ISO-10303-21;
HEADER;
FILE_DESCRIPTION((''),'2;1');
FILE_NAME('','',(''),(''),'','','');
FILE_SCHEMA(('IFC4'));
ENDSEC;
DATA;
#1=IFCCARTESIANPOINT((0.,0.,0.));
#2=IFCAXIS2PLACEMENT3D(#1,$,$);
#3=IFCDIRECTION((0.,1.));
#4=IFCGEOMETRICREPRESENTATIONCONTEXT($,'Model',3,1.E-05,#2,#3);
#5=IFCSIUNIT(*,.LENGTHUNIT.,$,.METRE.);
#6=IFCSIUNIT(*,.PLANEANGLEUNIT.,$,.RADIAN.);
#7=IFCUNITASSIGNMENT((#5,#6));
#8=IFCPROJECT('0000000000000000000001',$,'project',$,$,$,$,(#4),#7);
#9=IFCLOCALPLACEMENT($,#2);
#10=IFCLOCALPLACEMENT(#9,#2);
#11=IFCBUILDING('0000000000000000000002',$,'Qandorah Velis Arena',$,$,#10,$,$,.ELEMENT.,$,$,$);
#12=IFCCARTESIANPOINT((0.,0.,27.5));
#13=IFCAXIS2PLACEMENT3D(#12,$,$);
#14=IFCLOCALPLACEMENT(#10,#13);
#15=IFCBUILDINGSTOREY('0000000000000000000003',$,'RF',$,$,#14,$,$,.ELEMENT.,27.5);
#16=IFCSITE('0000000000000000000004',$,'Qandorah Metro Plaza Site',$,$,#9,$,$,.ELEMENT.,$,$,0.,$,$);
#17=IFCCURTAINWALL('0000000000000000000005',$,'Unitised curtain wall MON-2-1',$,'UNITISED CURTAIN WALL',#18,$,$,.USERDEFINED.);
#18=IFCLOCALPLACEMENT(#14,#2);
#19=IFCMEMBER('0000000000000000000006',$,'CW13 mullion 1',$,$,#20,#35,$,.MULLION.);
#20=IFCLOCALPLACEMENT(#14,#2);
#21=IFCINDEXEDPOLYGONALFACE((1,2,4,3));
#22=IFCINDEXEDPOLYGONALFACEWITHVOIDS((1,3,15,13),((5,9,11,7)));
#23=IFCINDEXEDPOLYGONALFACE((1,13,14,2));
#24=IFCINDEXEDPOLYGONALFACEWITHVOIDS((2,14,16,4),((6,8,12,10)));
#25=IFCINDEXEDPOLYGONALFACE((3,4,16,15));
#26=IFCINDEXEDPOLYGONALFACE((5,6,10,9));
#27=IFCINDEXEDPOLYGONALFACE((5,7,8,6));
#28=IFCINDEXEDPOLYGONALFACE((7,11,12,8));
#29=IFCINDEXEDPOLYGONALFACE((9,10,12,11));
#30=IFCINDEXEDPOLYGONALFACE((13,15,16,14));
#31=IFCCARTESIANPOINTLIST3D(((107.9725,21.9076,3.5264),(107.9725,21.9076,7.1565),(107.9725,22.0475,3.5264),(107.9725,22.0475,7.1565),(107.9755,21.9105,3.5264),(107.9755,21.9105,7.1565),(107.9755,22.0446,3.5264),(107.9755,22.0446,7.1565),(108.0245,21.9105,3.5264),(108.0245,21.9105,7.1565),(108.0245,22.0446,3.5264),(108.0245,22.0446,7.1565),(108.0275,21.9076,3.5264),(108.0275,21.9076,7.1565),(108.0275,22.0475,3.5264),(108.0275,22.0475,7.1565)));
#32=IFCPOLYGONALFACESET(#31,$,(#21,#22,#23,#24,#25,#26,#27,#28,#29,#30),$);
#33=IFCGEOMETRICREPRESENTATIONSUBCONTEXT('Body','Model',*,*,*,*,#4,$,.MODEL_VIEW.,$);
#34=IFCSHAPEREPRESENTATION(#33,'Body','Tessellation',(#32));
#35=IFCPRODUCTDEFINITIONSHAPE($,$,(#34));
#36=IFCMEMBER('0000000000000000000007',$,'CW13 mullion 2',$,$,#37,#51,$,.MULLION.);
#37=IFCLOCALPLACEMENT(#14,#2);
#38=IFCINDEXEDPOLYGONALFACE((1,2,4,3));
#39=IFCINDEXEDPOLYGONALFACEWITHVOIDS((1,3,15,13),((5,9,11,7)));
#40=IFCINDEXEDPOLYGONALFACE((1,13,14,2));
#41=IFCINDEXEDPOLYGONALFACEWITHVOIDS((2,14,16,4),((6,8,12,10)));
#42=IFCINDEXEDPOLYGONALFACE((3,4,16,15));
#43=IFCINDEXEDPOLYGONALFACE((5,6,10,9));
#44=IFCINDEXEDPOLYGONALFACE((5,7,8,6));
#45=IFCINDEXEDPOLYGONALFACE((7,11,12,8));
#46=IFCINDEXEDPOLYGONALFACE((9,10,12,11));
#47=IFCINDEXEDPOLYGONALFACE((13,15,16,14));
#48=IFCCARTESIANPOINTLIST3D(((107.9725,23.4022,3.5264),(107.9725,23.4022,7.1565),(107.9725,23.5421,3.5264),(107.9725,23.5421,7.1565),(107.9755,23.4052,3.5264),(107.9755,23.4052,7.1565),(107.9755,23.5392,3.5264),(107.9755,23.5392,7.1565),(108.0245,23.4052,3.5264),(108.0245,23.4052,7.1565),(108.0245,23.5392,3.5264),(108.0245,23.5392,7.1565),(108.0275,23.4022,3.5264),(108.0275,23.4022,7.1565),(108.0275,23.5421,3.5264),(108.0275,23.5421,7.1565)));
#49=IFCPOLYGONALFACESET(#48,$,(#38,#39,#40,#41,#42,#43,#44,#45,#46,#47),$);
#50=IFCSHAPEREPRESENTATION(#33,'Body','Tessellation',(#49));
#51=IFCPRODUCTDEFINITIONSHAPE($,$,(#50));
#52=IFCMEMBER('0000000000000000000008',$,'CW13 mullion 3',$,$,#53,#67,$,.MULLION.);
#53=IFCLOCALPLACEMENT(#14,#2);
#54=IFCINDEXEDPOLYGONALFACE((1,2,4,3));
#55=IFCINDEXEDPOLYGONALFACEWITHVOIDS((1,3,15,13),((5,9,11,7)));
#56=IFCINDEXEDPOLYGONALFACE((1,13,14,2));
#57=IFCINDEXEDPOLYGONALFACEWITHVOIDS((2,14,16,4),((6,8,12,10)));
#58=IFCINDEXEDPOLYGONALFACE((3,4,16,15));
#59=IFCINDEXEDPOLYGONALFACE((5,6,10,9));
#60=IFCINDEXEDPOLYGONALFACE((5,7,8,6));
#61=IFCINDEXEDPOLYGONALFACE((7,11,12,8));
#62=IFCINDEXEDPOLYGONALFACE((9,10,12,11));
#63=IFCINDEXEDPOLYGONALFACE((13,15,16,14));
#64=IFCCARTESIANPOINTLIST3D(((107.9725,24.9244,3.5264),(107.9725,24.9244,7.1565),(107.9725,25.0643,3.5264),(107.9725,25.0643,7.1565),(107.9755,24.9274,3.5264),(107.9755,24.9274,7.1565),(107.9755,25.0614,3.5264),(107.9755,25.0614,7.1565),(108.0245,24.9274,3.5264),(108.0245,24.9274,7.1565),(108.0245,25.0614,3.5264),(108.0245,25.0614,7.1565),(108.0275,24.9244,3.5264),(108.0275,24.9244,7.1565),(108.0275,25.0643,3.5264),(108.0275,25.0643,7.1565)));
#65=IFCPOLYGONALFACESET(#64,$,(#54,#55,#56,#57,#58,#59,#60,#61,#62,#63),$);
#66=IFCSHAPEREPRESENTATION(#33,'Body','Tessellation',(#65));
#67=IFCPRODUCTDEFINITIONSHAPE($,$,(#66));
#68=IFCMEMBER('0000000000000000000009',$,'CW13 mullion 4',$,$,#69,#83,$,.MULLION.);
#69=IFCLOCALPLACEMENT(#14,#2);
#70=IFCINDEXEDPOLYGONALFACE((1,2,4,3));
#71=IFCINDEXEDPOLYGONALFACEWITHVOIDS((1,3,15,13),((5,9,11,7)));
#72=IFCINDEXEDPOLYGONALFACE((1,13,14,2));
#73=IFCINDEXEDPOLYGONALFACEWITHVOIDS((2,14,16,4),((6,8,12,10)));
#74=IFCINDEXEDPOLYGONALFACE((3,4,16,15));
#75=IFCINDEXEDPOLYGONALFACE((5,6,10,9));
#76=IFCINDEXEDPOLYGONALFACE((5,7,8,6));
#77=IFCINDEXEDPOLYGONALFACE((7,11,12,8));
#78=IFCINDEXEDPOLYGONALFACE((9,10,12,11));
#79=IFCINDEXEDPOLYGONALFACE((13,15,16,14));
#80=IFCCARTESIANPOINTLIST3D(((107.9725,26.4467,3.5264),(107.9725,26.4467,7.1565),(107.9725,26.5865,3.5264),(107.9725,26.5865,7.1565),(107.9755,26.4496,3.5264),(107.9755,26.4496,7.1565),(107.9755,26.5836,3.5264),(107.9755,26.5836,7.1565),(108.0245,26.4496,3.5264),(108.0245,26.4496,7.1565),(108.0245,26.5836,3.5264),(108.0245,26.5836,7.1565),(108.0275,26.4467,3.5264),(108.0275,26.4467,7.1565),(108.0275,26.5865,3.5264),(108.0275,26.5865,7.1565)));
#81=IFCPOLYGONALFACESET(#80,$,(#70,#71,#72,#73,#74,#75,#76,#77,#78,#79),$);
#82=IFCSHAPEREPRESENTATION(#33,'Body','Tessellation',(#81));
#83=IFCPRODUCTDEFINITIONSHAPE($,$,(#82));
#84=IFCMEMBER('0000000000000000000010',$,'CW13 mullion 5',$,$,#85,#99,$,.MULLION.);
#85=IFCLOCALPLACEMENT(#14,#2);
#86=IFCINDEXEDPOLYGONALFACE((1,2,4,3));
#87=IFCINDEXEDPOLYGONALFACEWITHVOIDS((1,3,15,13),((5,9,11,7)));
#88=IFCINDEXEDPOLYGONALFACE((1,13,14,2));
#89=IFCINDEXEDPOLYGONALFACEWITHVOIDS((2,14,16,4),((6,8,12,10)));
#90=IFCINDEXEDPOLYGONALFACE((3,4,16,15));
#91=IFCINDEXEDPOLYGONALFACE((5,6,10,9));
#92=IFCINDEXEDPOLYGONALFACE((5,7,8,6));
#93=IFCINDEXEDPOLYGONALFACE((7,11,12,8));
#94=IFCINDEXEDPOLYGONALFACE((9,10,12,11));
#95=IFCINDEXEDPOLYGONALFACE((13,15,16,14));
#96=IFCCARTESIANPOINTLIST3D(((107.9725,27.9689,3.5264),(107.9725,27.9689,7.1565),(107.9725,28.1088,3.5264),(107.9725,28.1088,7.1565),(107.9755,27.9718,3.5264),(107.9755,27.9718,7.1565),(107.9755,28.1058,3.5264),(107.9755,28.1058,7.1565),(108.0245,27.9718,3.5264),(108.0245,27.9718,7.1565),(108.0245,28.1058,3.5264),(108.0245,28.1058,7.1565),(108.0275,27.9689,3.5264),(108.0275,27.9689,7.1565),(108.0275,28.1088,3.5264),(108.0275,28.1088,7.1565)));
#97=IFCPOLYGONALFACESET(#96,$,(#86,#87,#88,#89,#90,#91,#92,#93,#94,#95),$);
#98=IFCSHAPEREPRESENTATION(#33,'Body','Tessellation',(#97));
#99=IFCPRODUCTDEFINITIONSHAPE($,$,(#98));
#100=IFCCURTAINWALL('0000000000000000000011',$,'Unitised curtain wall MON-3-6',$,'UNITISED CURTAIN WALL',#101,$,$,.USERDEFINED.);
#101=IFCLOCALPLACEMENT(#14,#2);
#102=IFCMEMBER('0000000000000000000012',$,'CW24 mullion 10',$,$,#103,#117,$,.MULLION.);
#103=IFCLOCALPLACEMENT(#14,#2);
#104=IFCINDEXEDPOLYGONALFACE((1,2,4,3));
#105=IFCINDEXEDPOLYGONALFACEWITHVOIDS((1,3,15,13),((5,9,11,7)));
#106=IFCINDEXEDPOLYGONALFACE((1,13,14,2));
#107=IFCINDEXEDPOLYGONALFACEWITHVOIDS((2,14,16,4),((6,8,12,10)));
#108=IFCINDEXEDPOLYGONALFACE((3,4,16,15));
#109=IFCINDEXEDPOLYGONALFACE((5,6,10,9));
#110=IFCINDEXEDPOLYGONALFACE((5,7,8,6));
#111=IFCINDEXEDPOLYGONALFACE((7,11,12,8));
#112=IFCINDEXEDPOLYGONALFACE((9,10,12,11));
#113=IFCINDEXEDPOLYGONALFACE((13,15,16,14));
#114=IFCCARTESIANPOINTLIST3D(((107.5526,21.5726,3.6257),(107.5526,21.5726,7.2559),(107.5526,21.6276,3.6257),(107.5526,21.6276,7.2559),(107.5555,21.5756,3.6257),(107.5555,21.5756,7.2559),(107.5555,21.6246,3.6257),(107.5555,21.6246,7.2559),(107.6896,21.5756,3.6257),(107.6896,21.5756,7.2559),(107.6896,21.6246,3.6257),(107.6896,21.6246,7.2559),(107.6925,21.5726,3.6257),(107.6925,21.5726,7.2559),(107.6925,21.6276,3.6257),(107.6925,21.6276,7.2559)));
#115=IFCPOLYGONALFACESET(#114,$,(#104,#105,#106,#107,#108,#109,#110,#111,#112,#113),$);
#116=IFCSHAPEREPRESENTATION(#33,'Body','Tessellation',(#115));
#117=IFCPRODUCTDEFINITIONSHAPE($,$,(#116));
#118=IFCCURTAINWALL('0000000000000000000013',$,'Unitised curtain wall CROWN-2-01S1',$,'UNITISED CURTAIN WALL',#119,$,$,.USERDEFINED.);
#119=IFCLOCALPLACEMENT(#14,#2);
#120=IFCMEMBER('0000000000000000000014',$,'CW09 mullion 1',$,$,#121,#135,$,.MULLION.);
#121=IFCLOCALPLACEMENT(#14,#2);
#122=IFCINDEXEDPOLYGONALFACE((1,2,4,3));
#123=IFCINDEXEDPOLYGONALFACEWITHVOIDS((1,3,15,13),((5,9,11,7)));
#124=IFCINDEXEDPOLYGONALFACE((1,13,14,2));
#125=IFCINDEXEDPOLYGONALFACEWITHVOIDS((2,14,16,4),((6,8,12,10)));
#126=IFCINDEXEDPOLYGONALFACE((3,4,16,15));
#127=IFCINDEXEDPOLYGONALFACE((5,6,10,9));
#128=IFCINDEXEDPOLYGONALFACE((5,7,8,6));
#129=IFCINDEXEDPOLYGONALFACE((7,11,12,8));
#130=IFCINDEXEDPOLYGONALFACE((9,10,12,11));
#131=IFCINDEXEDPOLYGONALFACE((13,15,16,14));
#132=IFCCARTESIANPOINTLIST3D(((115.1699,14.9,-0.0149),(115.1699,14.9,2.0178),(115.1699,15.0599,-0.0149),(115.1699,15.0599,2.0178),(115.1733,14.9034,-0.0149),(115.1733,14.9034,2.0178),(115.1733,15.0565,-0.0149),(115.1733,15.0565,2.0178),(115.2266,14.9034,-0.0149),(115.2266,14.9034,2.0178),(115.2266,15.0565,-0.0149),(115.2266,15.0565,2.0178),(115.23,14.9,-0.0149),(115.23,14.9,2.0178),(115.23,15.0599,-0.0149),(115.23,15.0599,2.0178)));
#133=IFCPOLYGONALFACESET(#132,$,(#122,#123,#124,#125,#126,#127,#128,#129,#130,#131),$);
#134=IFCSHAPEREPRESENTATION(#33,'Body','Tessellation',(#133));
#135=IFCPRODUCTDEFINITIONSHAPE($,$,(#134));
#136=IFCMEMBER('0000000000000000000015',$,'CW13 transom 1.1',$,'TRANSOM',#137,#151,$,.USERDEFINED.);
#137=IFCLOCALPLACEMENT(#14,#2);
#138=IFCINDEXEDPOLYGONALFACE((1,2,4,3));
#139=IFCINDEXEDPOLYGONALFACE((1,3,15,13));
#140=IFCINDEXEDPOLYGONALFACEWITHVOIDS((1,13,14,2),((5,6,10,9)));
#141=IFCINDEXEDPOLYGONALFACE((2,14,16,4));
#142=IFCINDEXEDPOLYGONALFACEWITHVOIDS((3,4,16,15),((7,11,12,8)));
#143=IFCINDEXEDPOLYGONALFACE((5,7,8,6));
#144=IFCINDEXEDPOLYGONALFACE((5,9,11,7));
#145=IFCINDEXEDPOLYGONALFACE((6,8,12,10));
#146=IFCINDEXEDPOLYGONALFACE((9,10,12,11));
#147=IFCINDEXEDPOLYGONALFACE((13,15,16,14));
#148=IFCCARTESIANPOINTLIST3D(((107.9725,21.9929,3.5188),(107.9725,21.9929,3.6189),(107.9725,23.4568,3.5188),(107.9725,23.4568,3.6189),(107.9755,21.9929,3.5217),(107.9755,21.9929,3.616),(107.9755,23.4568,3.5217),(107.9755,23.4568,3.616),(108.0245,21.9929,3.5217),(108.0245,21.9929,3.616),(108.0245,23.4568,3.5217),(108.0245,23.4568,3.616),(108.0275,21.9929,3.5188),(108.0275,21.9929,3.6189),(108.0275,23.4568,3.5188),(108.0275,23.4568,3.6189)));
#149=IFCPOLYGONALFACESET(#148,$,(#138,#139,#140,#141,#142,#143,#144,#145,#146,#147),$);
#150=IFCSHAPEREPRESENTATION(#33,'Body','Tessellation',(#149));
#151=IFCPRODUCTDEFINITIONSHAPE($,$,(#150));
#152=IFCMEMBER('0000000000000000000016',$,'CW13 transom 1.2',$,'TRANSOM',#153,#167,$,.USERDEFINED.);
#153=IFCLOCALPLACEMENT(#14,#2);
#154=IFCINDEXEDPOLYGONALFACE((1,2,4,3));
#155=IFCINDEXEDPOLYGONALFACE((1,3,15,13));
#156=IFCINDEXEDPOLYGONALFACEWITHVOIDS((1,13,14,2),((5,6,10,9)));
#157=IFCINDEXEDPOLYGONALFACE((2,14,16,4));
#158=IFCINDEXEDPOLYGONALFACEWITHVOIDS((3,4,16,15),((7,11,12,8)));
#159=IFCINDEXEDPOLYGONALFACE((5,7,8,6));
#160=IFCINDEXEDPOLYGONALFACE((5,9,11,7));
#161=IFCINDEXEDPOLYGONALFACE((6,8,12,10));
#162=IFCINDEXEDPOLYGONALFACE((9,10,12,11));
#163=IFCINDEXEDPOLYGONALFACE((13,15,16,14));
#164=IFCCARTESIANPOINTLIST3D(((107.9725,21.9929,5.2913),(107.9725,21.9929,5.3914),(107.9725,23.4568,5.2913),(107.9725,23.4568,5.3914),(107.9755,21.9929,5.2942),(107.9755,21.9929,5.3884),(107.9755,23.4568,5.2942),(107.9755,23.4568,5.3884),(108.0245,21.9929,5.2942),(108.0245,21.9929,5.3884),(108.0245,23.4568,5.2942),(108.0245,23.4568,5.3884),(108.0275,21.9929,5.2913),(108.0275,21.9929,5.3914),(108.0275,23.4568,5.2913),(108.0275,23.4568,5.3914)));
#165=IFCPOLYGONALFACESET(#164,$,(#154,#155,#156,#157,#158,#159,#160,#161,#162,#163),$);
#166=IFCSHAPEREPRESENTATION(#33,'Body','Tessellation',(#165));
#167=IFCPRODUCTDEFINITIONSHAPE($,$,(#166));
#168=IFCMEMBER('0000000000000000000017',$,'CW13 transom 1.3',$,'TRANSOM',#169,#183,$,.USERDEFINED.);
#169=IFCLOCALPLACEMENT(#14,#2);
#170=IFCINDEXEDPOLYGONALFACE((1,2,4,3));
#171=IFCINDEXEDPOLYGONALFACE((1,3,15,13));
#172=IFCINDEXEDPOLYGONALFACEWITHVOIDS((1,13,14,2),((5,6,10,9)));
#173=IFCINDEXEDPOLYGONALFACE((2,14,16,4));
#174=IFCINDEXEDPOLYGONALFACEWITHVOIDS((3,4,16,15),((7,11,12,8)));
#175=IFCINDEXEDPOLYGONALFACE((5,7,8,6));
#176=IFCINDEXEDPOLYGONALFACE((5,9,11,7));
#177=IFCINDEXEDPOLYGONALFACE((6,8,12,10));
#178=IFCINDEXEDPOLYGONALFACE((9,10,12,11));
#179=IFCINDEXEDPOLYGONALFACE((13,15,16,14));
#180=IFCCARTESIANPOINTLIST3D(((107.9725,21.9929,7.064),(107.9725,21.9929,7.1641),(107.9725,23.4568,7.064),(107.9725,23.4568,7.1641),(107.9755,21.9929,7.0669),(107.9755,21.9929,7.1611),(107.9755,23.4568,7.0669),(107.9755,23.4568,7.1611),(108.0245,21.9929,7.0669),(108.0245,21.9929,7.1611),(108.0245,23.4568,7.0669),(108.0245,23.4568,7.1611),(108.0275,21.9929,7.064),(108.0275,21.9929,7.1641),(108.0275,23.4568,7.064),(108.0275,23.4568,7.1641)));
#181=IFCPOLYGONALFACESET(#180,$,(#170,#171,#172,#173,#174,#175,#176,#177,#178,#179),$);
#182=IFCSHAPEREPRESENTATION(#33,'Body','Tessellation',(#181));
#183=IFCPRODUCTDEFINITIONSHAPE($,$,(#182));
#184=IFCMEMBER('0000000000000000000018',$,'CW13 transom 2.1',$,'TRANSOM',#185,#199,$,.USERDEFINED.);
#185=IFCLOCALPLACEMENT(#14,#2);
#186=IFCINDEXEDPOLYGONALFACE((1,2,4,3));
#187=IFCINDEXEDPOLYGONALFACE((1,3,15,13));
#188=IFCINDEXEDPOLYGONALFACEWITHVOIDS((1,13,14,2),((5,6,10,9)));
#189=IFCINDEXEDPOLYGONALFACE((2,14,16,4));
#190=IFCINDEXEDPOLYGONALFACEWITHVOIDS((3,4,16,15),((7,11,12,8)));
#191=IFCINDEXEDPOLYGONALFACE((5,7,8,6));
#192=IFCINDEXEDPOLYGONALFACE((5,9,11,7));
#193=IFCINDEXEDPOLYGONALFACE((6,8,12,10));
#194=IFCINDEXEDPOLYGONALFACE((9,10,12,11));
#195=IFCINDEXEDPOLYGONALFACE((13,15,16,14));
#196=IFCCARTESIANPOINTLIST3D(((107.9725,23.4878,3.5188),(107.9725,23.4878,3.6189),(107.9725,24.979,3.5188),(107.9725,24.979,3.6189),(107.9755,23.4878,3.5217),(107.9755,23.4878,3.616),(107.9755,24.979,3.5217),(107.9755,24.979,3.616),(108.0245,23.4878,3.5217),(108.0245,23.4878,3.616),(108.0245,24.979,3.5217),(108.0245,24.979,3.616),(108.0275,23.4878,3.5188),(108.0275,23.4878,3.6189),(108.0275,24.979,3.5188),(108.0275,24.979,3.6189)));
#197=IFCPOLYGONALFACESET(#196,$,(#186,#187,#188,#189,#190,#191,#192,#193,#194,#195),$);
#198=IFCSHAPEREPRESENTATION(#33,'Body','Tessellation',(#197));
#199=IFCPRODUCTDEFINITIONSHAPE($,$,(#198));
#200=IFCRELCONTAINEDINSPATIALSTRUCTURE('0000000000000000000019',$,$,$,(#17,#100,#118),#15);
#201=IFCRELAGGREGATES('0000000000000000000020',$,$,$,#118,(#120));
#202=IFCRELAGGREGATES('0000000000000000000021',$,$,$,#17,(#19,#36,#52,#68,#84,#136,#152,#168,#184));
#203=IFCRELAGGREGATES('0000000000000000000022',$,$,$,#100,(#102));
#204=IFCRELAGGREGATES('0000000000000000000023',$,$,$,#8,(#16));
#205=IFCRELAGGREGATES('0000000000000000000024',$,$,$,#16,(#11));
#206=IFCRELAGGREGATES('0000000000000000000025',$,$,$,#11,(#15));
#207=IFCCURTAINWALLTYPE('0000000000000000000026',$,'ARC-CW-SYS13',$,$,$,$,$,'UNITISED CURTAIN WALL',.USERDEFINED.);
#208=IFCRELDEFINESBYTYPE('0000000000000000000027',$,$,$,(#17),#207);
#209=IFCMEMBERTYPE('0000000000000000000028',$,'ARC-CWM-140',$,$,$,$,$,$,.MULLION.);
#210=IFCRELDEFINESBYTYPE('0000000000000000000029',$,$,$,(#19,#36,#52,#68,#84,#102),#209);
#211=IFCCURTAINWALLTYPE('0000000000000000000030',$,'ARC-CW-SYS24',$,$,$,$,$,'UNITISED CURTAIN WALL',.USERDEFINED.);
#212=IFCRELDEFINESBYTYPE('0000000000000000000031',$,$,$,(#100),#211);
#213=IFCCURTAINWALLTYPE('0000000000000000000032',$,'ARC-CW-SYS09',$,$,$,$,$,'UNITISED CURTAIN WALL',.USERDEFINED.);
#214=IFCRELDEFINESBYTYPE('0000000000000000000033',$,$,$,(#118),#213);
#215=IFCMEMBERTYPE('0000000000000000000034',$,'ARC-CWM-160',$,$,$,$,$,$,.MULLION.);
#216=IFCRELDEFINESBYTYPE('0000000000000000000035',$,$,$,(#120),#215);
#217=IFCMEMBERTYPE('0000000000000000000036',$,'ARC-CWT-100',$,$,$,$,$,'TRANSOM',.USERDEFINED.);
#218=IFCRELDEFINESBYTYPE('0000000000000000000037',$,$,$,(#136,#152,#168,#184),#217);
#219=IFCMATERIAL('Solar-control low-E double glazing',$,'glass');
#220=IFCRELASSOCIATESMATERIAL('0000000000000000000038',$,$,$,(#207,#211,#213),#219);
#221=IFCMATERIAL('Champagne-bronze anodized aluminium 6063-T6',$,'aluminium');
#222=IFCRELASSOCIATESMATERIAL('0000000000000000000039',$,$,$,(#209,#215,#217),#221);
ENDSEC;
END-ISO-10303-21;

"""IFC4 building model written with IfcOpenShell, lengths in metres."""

from ifc_helpers import new_model, si_unit, direction, frame, origin, origin_2d, place, context, subcontext, project, spatial, hollow_rectangle, extrude, material, material_profile, profile_set, type_object, element, aggregate, save


model = new_model("IFC4")

# Units and contexts
model_context = context("Model", 3, precision=1e-05, world=origin(), true_north=direction((0.0, 1.0)))
body_context = subcontext(model_context, "Body", "Model", "MODEL_VIEW")
ifc_project = project(units=[si_unit("LENGTHUNIT", "METRE"), si_unit("PLANEANGLEUNIT", "RADIAN")], contexts=[model_context])

# Site, building, storey
site_placement = place(None, origin())
site = spatial("IfcSite", under=ifc_project, at=site_placement, Name="Qandorah Metro Plaza Site", CompositionType="ELEMENT", RefElevation=0.0)
building_placement = place(site_placement, origin())
building = spatial("IfcBuilding", under=site, at=building_placement, Name="Qandorah Velis Arena", CompositionType="ELEMENT")
storey_placement = place(building_placement, frame((0.0, 0.0, 27.5)))
storey = spatial("IfcBuildingStorey", under=building, at=storey_placement, Name="RF", CompositionType="ELEMENT", Elevation=27.5)

# Curtain wall, members
ifc_material_1 = material(Name="Solar-control low-E double glazing", Category="glass")
curtain_wall_type_1 = type_object("IfcCurtainWallType", Name="ARC-CW-SYS13", ElementType="UNITISED CURTAIN WALL", PredefinedType="USERDEFINED", material=ifc_material_1)
curtain_wall_1_placement = place(storey_placement, origin())
curtain_wall_1 = element("IfcCurtainWall", 1, at=curtain_wall_1_placement, inside=storey, type_object=curtain_wall_type_1, Name="Unitised curtain wall MON-2-1", ObjectType="UNITISED CURTAIN WALL", PredefinedType="USERDEFINED")
ifc_material_2 = material(Name="Champagne-bronze anodized aluminium 6063-T6", Category="aluminium")
ifc_material_profile_1 = material_profile(ifc_material_2, hollow_rectangle(XDim=0.0549, YDim=0.1399, WallThickness=0.0029, at=origin_2d()), Name="ALU MULLION 55x140")
ifc_profile_set_1 = profile_set([ifc_material_profile_1], Name="Champagne-bronze anodized aluminium 6063-T6")
member_type_1 = type_object("IfcMemberType", Name="ARC-CWM-140", PredefinedType="MULLION", material=ifc_profile_set_1)
member_1_placement = place(storey_placement, frame((108.0, 21.9775, 3.5264), z_axis=(0.0, 0.0, 1.0), x_axis=(-1.0, 0.0, 0.0)))
member_1 = element("IfcMember", 2, at=member_1_placement, type_object=member_type_1, Name="CW13 mullion 1", PredefinedType="MULLION", context=body_context, shape_type="SweptSolid", body=[
    extrude(hollow_rectangle(XDim=0.0549, YDim=0.1399, WallThickness=0.0029, at=origin_2d()), origin(), (0.0, 0.0, 1.0), 3.6301),
])
member_2_placement = place(storey_placement, frame((108.0, 23.4722, 3.5264), z_axis=(0.0, 0.0, 1.0), x_axis=(-1.0, 0.0, 0.0)))
member_2 = element("IfcMember", 3, at=member_2_placement, type_object=member_type_1, Name="CW13 mullion 2", PredefinedType="MULLION", context=body_context, shape_type="SweptSolid", body=[
    extrude(hollow_rectangle(XDim=0.0549, YDim=0.1399, WallThickness=0.0029, at=origin_2d()), origin(), (0.0, 0.0, 1.0), 3.6301),
])
member_3_placement = place(storey_placement, frame((108.0, 24.9944, 3.5264), z_axis=(0.0, 0.0, 1.0), x_axis=(-1.0, 0.0, 0.0)))
member_3 = element("IfcMember", 4, at=member_3_placement, type_object=member_type_1, Name="CW13 mullion 3", PredefinedType="MULLION", context=body_context, shape_type="SweptSolid", body=[
    extrude(hollow_rectangle(XDim=0.0549, YDim=0.1399, WallThickness=0.0029, at=origin_2d()), origin(), (0.0, 0.0, 1.0), 3.6301),
])
member_4_placement = place(storey_placement, frame((108.0, 26.5166, 3.5264), z_axis=(0.0, 0.0, 1.0), x_axis=(-1.0, 0.0, 0.0)))
member_4 = element("IfcMember", 5, at=member_4_placement, type_object=member_type_1, Name="CW13 mullion 4", PredefinedType="MULLION", context=body_context, shape_type="SweptSolid", body=[
    extrude(hollow_rectangle(XDim=0.0549, YDim=0.1399, WallThickness=0.0029, at=origin_2d()), origin(), (0.0, 0.0, 1.0), 3.6301),
])
member_5_placement = place(storey_placement, frame((108.0, 28.0388, 3.5264), z_axis=(0.0, 0.0, 1.0), x_axis=(-1.0, 0.0, 0.0)))
member_5 = element("IfcMember", 6, at=member_5_placement, type_object=member_type_1, Name="CW13 mullion 5", PredefinedType="MULLION", context=body_context, shape_type="SweptSolid", body=[
    extrude(hollow_rectangle(XDim=0.0549, YDim=0.1399, WallThickness=0.0029, at=origin_2d()), origin(), (0.0, 0.0, 1.0), 3.6301),
])

# Curtain walls, members
curtain_wall_type_2 = type_object("IfcCurtainWallType", Name="ARC-CW-SYS24", ElementType="UNITISED CURTAIN WALL", PredefinedType="USERDEFINED", material=ifc_material_1)
curtain_wall_2_placement = place(storey_placement, origin())
curtain_wall_2 = element("IfcCurtainWall", 7, at=curtain_wall_2_placement, inside=storey, type_object=curtain_wall_type_2, Name="Unitised curtain wall MON-3-6", ObjectType="UNITISED CURTAIN WALL", PredefinedType="USERDEFINED")
member_6_placement = place(storey_placement, frame((107.6226, 21.6001, 3.6257), z_axis=(0.0, 0.0, 1.0), x_axis=(0.0, 1.0, 0.0)))
member_6 = element("IfcMember", 8, at=member_6_placement, type_object=member_type_1, Name="CW24 mullion 10", PredefinedType="MULLION", context=body_context, shape_type="SweptSolid", body=[
    extrude(hollow_rectangle(XDim=0.0549, YDim=0.1399, WallThickness=0.0029, at=origin_2d()), origin(), (0.0, 0.0, 1.0), 3.6301),
])
curtain_wall_type_3 = type_object("IfcCurtainWallType", Name="ARC-CW-SYS09", ElementType="UNITISED CURTAIN WALL", PredefinedType="USERDEFINED", material=ifc_material_1)
curtain_wall_3_placement = place(storey_placement, origin())
curtain_wall_3 = element("IfcCurtainWall", 9, at=curtain_wall_3_placement, inside=storey, type_object=curtain_wall_type_3, Name="Unitised curtain wall CROWN-2-01S1", ObjectType="UNITISED CURTAIN WALL", PredefinedType="USERDEFINED")
ifc_material_profile_2 = material_profile(ifc_material_2, hollow_rectangle(XDim=0.0601, YDim=0.1599, WallThickness=0.0034, at=origin_2d()), Name="ALU MULLION 60x160")
ifc_profile_set_2 = profile_set([ifc_material_profile_2], Name="Champagne-bronze anodized aluminium 6063-T6")
member_type_2 = type_object("IfcMemberType", Name="ARC-CWM-160", PredefinedType="MULLION", material=ifc_profile_set_2)
member_7_placement = place(storey_placement, frame((115.2, 14.98, -0.0149), z_axis=(0.0, 0.0, 1.0), x_axis=(-1.0, 0.0, 0.0)))
member_7 = element("IfcMember", 10, at=member_7_placement, type_object=member_type_2, Name="CW09 mullion 1", PredefinedType="MULLION", context=body_context, shape_type="SweptSolid", body=[
    extrude(hollow_rectangle(XDim=0.0601, YDim=0.1599, WallThickness=0.0034, at=origin_2d()), origin(), (0.0, 0.0, 1.0), 2.0327),
])

# Members
ifc_material_profile_3 = material_profile(ifc_material_2, hollow_rectangle(XDim=0.0549, YDim=0.1001, WallThickness=0.0029, at=origin_2d()), Name="ALU TRANSOM 55x100")
ifc_profile_set_3 = profile_set([ifc_material_profile_3], Name="Champagne-bronze anodized aluminium 6063-T6")
member_type_3 = type_object("IfcMemberType", Name="ARC-CWT-100", ElementType="TRANSOM", PredefinedType="USERDEFINED", material=ifc_profile_set_3)
member_8_placement = place(storey_placement, frame((108.0, 21.9929, 3.5688), z_axis=(0.0, 1.0, 0.0), x_axis=(-1.0, 0.0, 0.0)))
member_8 = element("IfcMember", 11, at=member_8_placement, type_object=member_type_3, Name="CW13 transom 1.1", ObjectType="TRANSOM", PredefinedType="USERDEFINED", context=body_context, shape_type="SweptSolid", body=[
    extrude(hollow_rectangle(XDim=0.0549, YDim=0.1001, WallThickness=0.0029, at=origin_2d()), origin(), (0.0, 0.0, 1.0), 1.4639),
])
member_9_placement = place(storey_placement, frame((108.0, 21.9929, 5.3413), z_axis=(0.0, 1.0, 0.0), x_axis=(-1.0, 0.0, 0.0)))
member_9 = element("IfcMember", 12, at=member_9_placement, type_object=member_type_3, Name="CW13 transom 1.2", ObjectType="TRANSOM", PredefinedType="USERDEFINED", context=body_context, shape_type="SweptSolid", body=[
    extrude(hollow_rectangle(XDim=0.0549, YDim=0.1001, WallThickness=0.0029, at=origin_2d()), origin(), (0.0, 0.0, 1.0), 1.4639),
])
member_10_placement = place(storey_placement, frame((108.0, 21.9929, 7.114), z_axis=(0.0, 1.0, 0.0), x_axis=(-1.0, 0.0, 0.0)))
member_10 = element("IfcMember", 13, at=member_10_placement, type_object=member_type_3, Name="CW13 transom 1.3", ObjectType="TRANSOM", PredefinedType="USERDEFINED", context=body_context, shape_type="SweptSolid", body=[
    extrude(hollow_rectangle(XDim=0.0549, YDim=0.1001, WallThickness=0.0029, at=origin_2d()), origin(), (0.0, 0.0, 1.0), 1.4639),
])
member_11_placement = place(storey_placement, frame((108.0, 23.4878, 3.5688), z_axis=(0.0, 1.0, 0.0), x_axis=(-1.0, 0.0, 0.0)))
member_11 = element("IfcMember", 14, at=member_11_placement, type_object=member_type_3, Name="CW13 transom 2.1", ObjectType="TRANSOM", PredefinedType="USERDEFINED", context=body_context, shape_type="SweptSolid", body=[
    extrude(hollow_rectangle(XDim=0.0549, YDim=0.1001, WallThickness=0.0029, at=origin_2d()), origin(), (0.0, 0.0, 1.0), 1.4912),
])
aggregate(curtain_wall_3, [member_7])

aggregate(curtain_wall_1, [member_1, member_2, member_3, member_4, member_5, member_8, member_9, member_10, member_11])
aggregate(curtain_wall_2, [member_6])

save(model, "model.ifc")
